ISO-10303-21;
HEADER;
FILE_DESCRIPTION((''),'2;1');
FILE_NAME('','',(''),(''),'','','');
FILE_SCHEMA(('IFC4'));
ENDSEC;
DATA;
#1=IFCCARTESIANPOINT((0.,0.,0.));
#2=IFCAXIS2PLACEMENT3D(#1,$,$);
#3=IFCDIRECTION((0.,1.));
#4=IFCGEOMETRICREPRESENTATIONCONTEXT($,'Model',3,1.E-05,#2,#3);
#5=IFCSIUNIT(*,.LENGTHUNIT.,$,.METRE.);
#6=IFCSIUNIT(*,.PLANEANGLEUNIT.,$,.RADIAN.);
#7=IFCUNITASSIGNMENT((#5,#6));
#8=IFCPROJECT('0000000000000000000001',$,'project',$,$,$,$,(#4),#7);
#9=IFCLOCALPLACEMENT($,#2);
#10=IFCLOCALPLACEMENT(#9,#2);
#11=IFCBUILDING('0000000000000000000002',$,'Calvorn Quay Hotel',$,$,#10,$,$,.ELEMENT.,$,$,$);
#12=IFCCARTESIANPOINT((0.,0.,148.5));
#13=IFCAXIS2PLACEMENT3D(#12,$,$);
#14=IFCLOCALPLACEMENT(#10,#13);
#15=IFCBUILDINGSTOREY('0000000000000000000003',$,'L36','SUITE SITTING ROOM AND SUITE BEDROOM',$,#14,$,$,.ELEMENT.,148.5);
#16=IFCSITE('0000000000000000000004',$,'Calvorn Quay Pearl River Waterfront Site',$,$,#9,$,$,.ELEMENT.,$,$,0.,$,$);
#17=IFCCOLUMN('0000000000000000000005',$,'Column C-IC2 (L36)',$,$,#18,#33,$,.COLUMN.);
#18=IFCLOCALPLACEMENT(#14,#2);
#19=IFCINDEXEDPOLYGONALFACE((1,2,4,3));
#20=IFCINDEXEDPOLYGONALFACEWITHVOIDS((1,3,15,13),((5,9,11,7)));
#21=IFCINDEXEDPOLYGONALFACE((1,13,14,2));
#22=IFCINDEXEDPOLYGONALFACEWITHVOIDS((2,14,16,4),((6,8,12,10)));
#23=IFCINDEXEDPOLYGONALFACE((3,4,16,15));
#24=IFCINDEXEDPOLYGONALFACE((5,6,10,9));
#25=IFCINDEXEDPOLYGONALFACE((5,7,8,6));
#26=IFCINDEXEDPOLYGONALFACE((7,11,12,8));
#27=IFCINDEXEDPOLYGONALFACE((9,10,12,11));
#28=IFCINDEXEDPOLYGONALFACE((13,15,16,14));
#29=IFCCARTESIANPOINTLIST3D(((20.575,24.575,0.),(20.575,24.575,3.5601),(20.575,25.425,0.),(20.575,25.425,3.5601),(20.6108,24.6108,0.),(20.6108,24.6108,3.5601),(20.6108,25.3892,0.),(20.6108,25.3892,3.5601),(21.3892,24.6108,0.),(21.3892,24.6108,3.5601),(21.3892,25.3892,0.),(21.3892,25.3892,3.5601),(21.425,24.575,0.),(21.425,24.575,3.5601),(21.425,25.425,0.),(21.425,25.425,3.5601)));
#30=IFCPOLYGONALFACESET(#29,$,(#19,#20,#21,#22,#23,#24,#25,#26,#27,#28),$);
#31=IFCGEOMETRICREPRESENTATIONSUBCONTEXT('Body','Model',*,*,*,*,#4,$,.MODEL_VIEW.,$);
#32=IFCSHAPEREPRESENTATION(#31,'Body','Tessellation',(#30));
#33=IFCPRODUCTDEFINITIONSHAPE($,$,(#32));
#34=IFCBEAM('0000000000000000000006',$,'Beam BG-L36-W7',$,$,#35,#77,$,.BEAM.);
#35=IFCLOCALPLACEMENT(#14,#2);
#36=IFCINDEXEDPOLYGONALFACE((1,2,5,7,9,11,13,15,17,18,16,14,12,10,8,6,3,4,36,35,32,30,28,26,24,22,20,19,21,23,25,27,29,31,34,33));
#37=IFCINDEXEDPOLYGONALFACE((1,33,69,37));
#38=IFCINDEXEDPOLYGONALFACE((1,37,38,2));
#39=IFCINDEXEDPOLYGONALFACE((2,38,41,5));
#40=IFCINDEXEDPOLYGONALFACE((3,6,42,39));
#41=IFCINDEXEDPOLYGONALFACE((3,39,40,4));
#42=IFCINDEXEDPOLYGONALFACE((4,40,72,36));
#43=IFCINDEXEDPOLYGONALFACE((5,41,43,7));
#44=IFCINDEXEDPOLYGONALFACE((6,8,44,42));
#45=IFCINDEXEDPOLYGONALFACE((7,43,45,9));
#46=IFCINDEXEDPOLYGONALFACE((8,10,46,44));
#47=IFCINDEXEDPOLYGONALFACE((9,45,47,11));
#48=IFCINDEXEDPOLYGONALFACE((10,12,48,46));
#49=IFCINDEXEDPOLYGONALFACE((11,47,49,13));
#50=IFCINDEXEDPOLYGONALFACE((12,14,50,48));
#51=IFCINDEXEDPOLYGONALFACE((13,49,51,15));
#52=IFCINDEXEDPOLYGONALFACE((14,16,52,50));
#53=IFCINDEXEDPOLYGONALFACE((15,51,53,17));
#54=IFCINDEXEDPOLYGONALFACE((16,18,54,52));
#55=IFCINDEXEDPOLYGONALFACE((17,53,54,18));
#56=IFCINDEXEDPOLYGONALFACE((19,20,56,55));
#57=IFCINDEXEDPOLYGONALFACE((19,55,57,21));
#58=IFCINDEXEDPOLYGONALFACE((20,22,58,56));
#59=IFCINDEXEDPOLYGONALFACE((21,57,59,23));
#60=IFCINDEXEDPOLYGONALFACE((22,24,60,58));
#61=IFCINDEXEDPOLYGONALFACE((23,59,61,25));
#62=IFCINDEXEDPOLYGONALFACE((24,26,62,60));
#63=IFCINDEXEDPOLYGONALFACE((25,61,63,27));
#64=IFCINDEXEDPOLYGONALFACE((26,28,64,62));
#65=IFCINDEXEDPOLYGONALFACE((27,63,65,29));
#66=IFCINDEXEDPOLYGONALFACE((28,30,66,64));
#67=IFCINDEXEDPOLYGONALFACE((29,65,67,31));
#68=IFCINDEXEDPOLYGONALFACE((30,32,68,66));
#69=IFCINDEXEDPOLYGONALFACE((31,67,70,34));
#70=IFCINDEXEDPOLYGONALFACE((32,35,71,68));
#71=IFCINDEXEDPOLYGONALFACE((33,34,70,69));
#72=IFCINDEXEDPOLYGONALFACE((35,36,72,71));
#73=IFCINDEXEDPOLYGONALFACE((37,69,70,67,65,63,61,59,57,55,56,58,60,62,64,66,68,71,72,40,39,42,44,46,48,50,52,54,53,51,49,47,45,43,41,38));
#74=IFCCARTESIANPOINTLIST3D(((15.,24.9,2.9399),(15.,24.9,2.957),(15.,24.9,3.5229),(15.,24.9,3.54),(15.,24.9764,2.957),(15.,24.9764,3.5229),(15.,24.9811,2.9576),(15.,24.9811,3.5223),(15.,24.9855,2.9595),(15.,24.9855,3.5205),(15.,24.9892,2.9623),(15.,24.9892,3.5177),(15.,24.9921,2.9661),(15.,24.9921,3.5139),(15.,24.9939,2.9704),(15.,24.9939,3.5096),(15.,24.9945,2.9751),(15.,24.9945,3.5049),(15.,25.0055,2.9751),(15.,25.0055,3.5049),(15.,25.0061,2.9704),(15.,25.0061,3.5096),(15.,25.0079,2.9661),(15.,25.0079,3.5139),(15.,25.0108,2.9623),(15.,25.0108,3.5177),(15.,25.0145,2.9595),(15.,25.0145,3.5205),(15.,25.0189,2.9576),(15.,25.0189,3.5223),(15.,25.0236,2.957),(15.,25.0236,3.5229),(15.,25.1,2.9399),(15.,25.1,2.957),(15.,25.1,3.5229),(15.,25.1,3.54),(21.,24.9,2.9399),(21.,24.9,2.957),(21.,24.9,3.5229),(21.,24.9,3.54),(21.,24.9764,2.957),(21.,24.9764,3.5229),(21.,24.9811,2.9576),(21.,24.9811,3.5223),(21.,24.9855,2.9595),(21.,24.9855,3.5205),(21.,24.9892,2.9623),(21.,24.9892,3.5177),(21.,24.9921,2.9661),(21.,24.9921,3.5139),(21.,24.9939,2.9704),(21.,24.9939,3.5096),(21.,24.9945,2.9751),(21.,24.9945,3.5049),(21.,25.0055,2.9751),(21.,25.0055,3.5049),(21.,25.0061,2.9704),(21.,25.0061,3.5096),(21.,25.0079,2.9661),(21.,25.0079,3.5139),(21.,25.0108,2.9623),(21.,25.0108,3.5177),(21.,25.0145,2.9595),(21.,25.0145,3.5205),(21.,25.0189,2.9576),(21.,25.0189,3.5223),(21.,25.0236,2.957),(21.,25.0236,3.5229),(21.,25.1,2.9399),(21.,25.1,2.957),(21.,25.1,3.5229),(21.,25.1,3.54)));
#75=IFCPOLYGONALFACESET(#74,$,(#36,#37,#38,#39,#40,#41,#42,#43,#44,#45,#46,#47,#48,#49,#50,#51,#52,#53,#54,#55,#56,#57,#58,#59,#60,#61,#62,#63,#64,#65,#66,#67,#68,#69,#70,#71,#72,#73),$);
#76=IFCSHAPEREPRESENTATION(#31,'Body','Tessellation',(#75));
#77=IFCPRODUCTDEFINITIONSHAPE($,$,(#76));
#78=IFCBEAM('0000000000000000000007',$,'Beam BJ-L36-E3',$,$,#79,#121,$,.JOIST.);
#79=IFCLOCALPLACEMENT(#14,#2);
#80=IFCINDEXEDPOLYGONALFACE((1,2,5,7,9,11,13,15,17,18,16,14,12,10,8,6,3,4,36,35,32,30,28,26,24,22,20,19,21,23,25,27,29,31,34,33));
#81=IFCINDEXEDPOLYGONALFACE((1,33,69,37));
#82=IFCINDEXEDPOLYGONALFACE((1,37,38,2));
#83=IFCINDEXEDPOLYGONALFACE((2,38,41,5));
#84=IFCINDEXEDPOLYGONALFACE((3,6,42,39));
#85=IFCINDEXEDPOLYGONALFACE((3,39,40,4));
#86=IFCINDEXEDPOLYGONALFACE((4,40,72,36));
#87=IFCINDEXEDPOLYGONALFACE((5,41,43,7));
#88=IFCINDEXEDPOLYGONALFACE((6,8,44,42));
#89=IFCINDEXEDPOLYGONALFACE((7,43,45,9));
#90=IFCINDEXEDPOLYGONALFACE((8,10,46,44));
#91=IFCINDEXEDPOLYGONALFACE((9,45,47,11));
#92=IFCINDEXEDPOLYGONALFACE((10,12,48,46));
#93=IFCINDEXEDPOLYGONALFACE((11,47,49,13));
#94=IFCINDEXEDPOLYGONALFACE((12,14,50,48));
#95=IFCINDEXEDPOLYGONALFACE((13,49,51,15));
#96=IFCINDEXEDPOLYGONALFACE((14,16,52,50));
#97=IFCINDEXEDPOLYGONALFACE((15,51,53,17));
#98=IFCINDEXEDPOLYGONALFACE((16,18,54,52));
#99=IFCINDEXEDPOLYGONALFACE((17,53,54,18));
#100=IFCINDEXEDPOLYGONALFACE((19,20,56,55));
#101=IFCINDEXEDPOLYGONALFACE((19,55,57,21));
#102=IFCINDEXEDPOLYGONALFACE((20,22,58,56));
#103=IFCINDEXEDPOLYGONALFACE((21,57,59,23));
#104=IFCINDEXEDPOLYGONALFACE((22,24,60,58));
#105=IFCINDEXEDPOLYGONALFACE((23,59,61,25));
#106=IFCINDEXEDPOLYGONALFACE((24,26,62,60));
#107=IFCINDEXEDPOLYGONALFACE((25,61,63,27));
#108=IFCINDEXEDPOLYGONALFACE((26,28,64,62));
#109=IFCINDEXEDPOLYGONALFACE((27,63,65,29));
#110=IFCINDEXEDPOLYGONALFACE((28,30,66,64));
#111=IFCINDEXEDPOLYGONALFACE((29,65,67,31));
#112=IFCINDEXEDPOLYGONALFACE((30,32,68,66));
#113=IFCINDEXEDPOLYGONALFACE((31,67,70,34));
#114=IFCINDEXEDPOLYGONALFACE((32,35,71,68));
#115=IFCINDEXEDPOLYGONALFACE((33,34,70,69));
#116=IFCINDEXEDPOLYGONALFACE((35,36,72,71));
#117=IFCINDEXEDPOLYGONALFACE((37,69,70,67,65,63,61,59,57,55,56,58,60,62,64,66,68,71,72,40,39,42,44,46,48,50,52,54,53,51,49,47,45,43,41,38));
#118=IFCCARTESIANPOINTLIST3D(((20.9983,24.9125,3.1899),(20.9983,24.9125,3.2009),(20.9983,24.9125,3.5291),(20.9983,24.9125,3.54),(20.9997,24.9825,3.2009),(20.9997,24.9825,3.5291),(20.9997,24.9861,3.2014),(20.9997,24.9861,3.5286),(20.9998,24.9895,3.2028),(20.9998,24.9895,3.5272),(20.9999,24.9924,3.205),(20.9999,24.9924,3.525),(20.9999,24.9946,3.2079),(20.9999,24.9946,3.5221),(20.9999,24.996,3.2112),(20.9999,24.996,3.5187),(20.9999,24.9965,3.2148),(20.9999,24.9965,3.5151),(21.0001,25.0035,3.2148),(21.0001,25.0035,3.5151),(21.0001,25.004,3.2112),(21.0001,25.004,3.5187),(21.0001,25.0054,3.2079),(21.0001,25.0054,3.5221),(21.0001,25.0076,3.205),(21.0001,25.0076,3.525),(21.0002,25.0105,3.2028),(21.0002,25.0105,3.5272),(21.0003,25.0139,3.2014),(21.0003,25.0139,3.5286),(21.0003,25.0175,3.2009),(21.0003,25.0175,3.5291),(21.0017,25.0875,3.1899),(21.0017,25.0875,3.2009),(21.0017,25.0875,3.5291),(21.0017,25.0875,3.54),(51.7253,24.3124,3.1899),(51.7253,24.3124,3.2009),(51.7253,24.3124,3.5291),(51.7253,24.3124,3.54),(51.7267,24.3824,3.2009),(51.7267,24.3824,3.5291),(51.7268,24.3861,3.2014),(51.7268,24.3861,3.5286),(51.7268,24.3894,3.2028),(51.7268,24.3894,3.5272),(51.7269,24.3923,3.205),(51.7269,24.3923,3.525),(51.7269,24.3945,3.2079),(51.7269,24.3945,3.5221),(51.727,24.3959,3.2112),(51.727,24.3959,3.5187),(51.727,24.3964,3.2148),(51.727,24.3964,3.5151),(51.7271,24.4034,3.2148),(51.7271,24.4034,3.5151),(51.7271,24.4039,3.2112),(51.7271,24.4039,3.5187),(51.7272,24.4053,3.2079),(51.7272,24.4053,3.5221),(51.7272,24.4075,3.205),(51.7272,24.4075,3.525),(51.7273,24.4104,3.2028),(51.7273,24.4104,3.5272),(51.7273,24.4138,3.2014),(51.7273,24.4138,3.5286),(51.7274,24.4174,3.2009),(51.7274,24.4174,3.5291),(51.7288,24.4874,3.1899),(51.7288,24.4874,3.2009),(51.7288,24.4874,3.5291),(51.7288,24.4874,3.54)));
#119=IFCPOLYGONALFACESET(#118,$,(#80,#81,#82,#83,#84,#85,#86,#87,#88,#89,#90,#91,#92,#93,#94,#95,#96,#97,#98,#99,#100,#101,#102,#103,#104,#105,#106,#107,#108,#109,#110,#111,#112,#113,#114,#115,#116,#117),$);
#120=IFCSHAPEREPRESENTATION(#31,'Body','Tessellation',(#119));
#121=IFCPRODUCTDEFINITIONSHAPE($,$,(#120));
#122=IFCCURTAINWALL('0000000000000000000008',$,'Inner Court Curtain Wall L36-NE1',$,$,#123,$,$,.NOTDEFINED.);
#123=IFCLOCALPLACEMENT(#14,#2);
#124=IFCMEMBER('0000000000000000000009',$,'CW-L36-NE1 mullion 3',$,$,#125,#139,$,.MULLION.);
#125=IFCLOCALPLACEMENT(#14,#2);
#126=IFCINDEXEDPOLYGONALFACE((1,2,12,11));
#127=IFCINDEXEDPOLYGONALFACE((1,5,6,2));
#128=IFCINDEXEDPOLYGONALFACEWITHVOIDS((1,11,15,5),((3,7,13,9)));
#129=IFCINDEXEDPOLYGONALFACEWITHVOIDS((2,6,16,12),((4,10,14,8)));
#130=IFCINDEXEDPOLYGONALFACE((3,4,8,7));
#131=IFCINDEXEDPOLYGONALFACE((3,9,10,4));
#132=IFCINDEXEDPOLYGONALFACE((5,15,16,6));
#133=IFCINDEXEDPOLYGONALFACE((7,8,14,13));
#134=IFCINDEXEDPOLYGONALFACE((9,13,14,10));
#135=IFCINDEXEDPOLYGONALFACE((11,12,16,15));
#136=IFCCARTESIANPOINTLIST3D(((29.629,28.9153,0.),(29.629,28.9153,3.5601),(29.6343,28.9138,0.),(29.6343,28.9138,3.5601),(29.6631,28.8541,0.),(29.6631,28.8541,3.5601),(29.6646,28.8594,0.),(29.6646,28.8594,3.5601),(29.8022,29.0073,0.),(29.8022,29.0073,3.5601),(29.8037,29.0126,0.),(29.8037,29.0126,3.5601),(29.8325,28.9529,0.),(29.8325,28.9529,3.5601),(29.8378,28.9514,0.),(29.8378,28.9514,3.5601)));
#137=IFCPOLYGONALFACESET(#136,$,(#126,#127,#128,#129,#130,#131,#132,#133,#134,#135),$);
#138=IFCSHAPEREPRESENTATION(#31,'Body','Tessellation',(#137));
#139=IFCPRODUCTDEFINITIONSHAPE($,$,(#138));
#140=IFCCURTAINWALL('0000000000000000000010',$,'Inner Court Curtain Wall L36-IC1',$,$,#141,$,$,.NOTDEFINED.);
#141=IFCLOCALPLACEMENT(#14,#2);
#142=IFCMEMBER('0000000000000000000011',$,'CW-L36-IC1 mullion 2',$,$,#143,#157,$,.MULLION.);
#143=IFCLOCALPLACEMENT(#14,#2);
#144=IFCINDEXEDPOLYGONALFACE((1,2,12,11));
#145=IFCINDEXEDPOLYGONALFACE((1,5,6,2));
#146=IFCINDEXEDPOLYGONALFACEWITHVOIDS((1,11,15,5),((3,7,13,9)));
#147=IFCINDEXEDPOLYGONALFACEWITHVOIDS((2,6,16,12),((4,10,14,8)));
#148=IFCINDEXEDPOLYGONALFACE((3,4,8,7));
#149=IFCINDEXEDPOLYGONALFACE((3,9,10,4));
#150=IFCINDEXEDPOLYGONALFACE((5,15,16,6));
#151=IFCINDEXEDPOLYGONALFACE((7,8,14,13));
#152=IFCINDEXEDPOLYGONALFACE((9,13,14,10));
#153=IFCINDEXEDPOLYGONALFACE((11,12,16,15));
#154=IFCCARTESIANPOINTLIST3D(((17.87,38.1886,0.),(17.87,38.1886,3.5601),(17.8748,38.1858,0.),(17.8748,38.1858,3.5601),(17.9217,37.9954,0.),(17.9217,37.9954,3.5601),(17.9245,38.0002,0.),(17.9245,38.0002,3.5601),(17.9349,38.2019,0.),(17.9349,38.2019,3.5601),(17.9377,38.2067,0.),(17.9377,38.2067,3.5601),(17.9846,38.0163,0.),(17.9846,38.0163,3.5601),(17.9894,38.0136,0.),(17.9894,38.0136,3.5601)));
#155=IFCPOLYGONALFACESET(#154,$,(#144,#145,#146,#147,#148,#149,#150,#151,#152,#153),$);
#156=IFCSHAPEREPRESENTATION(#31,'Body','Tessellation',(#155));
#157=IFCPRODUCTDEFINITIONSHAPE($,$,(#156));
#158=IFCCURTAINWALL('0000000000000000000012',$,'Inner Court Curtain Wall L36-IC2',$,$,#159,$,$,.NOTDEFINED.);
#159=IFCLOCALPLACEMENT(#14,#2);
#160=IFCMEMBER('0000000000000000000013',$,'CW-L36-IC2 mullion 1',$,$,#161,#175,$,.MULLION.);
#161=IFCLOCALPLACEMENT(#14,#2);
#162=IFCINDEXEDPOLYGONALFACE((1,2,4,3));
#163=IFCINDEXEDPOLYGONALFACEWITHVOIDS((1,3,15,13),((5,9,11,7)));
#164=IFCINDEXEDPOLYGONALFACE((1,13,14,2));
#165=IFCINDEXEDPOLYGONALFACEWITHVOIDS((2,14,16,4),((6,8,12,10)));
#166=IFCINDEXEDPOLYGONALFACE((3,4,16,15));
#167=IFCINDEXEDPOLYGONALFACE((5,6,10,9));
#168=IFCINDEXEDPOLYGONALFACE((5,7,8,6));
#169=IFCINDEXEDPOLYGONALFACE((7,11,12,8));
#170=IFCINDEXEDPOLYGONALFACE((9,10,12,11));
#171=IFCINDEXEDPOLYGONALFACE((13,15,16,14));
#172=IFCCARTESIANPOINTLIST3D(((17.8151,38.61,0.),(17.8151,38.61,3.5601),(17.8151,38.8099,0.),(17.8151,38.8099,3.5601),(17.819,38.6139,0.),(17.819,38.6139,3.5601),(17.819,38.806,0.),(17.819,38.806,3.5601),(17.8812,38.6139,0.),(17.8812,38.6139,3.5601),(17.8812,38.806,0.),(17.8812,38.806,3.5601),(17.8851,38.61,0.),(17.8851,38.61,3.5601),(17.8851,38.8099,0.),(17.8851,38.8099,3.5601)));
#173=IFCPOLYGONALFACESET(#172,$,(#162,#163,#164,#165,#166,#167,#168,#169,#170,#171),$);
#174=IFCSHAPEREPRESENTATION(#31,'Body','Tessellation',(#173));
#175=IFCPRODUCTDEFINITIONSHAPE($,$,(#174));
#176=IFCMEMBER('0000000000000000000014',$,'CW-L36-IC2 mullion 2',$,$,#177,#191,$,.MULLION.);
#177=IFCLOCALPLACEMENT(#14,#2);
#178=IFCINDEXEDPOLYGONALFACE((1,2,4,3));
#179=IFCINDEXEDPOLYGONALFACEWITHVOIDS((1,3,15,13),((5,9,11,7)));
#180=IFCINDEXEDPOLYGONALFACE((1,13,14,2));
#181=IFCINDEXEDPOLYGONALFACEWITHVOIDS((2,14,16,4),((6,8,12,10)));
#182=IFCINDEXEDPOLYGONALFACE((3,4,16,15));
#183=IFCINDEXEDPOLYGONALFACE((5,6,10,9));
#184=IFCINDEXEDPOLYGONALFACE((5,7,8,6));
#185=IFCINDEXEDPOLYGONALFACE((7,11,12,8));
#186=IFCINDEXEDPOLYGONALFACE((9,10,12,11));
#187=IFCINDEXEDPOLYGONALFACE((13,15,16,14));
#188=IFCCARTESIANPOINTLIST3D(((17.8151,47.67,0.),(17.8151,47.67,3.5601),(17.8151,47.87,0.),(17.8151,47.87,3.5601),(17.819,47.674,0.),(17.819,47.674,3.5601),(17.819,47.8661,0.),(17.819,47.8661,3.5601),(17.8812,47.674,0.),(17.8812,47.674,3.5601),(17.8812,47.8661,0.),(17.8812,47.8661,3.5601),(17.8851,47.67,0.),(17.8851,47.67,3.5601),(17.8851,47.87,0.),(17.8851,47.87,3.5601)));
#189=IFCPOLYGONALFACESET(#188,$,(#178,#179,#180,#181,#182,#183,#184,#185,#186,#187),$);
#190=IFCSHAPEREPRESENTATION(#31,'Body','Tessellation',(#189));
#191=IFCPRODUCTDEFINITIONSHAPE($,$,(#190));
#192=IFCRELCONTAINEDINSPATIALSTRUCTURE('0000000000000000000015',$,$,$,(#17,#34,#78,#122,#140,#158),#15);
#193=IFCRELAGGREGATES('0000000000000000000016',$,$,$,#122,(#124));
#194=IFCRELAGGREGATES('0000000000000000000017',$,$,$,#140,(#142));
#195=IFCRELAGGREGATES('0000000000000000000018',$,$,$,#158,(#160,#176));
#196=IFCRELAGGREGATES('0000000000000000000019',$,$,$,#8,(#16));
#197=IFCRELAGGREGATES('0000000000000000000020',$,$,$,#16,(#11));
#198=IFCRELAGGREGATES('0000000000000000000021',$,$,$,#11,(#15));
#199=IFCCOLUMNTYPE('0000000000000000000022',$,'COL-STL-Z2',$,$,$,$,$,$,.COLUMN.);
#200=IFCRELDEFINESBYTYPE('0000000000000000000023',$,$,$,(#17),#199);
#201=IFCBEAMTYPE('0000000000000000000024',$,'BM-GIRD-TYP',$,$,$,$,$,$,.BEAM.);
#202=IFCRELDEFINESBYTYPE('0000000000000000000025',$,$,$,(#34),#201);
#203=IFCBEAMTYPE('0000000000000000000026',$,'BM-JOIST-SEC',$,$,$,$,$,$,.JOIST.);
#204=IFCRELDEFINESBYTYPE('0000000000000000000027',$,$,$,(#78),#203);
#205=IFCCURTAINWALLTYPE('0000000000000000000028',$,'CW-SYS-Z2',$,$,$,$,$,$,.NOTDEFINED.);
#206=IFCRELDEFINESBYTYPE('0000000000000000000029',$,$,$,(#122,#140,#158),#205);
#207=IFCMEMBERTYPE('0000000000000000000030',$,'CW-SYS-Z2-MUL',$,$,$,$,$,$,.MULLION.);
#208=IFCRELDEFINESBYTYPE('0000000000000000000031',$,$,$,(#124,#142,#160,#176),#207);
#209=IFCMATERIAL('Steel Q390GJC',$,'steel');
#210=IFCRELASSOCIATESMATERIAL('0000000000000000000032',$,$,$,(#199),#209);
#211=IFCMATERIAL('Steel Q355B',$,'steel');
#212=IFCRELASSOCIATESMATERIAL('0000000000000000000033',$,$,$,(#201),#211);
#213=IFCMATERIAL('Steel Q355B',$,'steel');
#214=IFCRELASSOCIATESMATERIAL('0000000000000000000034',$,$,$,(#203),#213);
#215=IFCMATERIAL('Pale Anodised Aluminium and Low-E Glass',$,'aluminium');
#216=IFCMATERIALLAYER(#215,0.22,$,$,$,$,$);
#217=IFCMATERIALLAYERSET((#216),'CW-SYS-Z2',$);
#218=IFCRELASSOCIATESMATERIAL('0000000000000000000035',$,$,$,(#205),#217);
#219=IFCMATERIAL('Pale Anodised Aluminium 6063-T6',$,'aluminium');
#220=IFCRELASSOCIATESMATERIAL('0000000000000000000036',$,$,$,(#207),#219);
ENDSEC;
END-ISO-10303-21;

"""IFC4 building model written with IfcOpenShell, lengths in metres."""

from ifc_helpers import new_model, si_unit, direction, frame, origin, origin_2d, place, context, subcontext, project, spatial, hollow_rectangle, i_section, extrude, material, layer, layer_set, material_profile, profile_set, type_object, element, aggregate, save


model = new_model("IFC4")

# Units and contexts
model_context = context("Model", 3, precision=1e-05, world=origin(), true_north=direction((0.0, 1.0)))
body_context = subcontext(model_context, "Body", "Model", "MODEL_VIEW")
ifc_project = project(units=[si_unit("LENGTHUNIT", "METRE"), si_unit("PLANEANGLEUNIT", "RADIAN")], contexts=[model_context])

# Site, building, storey
site_placement = place(None, origin())
site = spatial("IfcSite", under=ifc_project, at=site_placement, Name="Calvorn Quay Pearl River Waterfront Site", CompositionType="ELEMENT", RefElevation=0.0)
building_placement = place(site_placement, origin())
building = spatial("IfcBuilding", under=site, at=building_placement, Name="Calvorn Quay Hotel", CompositionType="ELEMENT")
storey_placement = place(building_placement, frame((0.0, 0.0, 148.5)))
storey = spatial("IfcBuildingStorey", under=building, at=storey_placement, Name="L36", Description="SUITE SITTING ROOM AND SUITE BEDROOM", CompositionType="ELEMENT", Elevation=148.5)

# Column
ifc_material_1 = material(Name="Steel Q390GJC", Category="steel")
ifc_material_profile_1 = material_profile(ifc_material_1, hollow_rectangle(XDim=0.8501, YDim=0.8501, WallThickness=0.0359, at=origin_2d()), Name="BOX850x850x36")
ifc_profile_set_1 = profile_set([ifc_material_profile_1], Name="Steel Q390GJC")
column_type = type_object("IfcColumnType", Name="COL-STL-Z2", PredefinedType="COLUMN", material=ifc_profile_set_1)
column_placement = place(storey_placement, frame((21.0, 25.0, 0.0), z_axis=(0.0, 0.0, 1.0), x_axis=(1.0, 0.0, 0.0)))
element("IfcColumn", 1, at=column_placement, inside=storey, type_object=column_type, Name="Column C-IC2 (L36)", PredefinedType="COLUMN", context=body_context, shape_type="SweptSolid", body=[
    extrude(hollow_rectangle(XDim=0.8501, YDim=0.8501, WallThickness=0.0359, at=origin_2d()), origin(), (0.0, 0.0, 1.0), 3.5601),
])

# Beams
ifc_material_2 = material(Name="Steel Q355B", Category="steel")
ifc_material_profile_2 = material_profile(ifc_material_2, i_section(OverallWidth=0.2, OverallDepth=0.6001, WebThickness=0.011, FlangeThickness=0.0171, FilletRadius=0.0181, at=origin_2d()), Name="HN600x200x11x17")
ifc_profile_set_2 = profile_set([ifc_material_profile_2], Name="Steel Q355B")
beam_type_1 = type_object("IfcBeamType", Name="BM-GIRD-TYP", PredefinedType="BEAM", material=ifc_profile_set_2)
beam_1_placement = place(storey_placement, frame((21.0, 25.0, 3.24), z_axis=(-1.0, 0.0, 0.0), x_axis=(0.0, -1.0, 0.0)))
element("IfcBeam", 2, at=beam_1_placement, inside=storey, type_object=beam_type_1, Name="Beam BG-L36-W7", PredefinedType="BEAM", context=body_context, shape_type="SweptSolid", body=[
    extrude(i_section(OverallWidth=0.2, OverallDepth=0.6001, WebThickness=0.011, FlangeThickness=0.0171, FilletRadius=0.0181, at=origin_2d()), origin(), (0.0, 0.0, 1.0), 6.0),
])
ifc_material_3 = material(Name="Steel Q355B", Category="steel")
ifc_material_profile_3 = material_profile(ifc_material_3, i_section(OverallWidth=0.175, OverallDepth=0.3501, WebThickness=0.0071, FlangeThickness=0.011, FilletRadius=0.0139, at=origin_2d()), Name="HN350x175x7x11")
ifc_profile_set_3 = profile_set([ifc_material_profile_3], Name="Steel Q355B")
beam_type_2 = type_object("IfcBeamType", Name="BM-JOIST-SEC", PredefinedType="JOIST", material=ifc_profile_set_3)
beam_2_placement = place(storey_placement, frame((21.0, 25.0, 3.365), z_axis=(0.999809, -0.019526, 0.0), x_axis=(0.019526, 0.999809, 0.0)))
element("IfcBeam", 3, at=beam_2_placement, inside=storey, type_object=beam_type_2, Name="Beam BJ-L36-E3", PredefinedType="JOIST", context=body_context, shape_type="SweptSolid", body=[
    extrude(i_section(OverallWidth=0.175, OverallDepth=0.3501, WebThickness=0.0071, FlangeThickness=0.011, FilletRadius=0.0139, at=origin_2d()), origin(), (0.0, 0.0, 1.0), 30.7329),
])

# Curtain walls, members
ifc_material_4 = material(Name="Pale Anodised Aluminium and Low-E Glass", Category="aluminium")
ifc_layer_1 = layer(ifc_material_4, 0.22)
ifc_layer_set_1 = layer_set([ifc_layer_1], Name="CW-SYS-Z2")
curtain_wall_type = type_object("IfcCurtainWallType", Name="CW-SYS-Z2", PredefinedType="NOTDEFINED", material=ifc_layer_set_1)
curtain_wall_1_placement = place(storey_placement, origin())
curtain_wall_1 = element("IfcCurtainWall", 4, at=curtain_wall_1_placement, inside=storey, type_object=curtain_wall_type, Name="Inner Court Curtain Wall L36-NE1", PredefinedType="NOTDEFINED")
ifc_material_5 = material(Name="Pale Anodised Aluminium 6063-T6", Category="aluminium")
ifc_material_profile_4 = material_profile(ifc_material_5, hollow_rectangle(XDim=0.0701, YDim=0.2, WallThickness=0.0039, at=origin_2d()), Name="ALU-M200x70x4")
ifc_profile_set_4 = profile_set([ifc_material_profile_4], Name="Pale Anodised Aluminium 6063-T6")
member_type_1 = type_object("IfcMemberType", Name="CW-SYS-Z2-MUL", PredefinedType="MULLION", material=ifc_profile_set_4)
member_1_placement = place(storey_placement, frame((29.7334, 28.9333, 0.0), z_axis=(0.0, 0.0, 1.0), x_axis=(0.486858, -0.873481, 0.0)))
member_1 = element("IfcMember", 5, at=member_1_placement, type_object=member_type_1, Name="CW-L36-NE1 mullion 3", PredefinedType="MULLION", context=body_context, shape_type="SweptSolid", body=[
    extrude(hollow_rectangle(XDim=0.0701, YDim=0.2, WallThickness=0.0039, at=origin_2d()), origin(), (0.0, 0.0, 1.0), 3.5601),
])
curtain_wall_2_placement = place(storey_placement, origin())
curtain_wall_2 = element("IfcCurtainWall", 6, at=curtain_wall_2_placement, inside=storey, type_object=curtain_wall_type, Name="Inner Court Curtain Wall L36-IC1", PredefinedType="NOTDEFINED")
member_2_placement = place(storey_placement, frame((17.9297, 38.1011, 0.0), z_axis=(0.0, 0.0, 1.0), x_axis=(-0.965937, -0.258779, 0.0)))
member_2 = element("IfcMember", 7, at=member_2_placement, type_object=member_type_1, Name="CW-L36-IC1 mullion 2", PredefinedType="MULLION", context=body_context, shape_type="SweptSolid", body=[
    extrude(hollow_rectangle(XDim=0.0701, YDim=0.2, WallThickness=0.0039, at=origin_2d()), origin(), (0.0, 0.0, 1.0), 3.5601),
])

# Curtain wall, members
curtain_wall_3_placement = place(storey_placement, origin())
curtain_wall_3 = element("IfcCurtainWall", 8, at=curtain_wall_3_placement, inside=storey, type_object=curtain_wall_type, Name="Inner Court Curtain Wall L36-IC2", PredefinedType="NOTDEFINED")
member_3_placement = place(storey_placement, frame((17.8501, 38.71, 0.0), z_axis=(0.0, 0.0, 1.0), x_axis=(-1.0, 0.0, 0.0)))
member_3 = element("IfcMember", 9, at=member_3_placement, type_object=member_type_1, Name="CW-L36-IC2 mullion 1", PredefinedType="MULLION", context=body_context, shape_type="SweptSolid", body=[
    extrude(hollow_rectangle(XDim=0.0701, YDim=0.2, WallThickness=0.0039, at=origin_2d()), origin(), (0.0, 0.0, 1.0), 3.5601),
])
member_4_placement = place(storey_placement, frame((17.8501, 47.77, 0.0), z_axis=(0.0, 0.0, 1.0), x_axis=(-1.0, 0.0, 0.0)))
member_4 = element("IfcMember", 10, at=member_4_placement, type_object=member_type_1, Name="CW-L36-IC2 mullion 2", PredefinedType="MULLION", context=body_context, shape_type="SweptSolid", body=[
    extrude(hollow_rectangle(XDim=0.0701, YDim=0.2, WallThickness=0.0039, at=origin_2d()), origin(), (0.0, 0.0, 1.0), 3.5601),
])

aggregate(curtain_wall_1, [member_1])
aggregate(curtain_wall_2, [member_2])
aggregate(curtain_wall_3, [member_3, member_4])

save(model, "model.ifc")
